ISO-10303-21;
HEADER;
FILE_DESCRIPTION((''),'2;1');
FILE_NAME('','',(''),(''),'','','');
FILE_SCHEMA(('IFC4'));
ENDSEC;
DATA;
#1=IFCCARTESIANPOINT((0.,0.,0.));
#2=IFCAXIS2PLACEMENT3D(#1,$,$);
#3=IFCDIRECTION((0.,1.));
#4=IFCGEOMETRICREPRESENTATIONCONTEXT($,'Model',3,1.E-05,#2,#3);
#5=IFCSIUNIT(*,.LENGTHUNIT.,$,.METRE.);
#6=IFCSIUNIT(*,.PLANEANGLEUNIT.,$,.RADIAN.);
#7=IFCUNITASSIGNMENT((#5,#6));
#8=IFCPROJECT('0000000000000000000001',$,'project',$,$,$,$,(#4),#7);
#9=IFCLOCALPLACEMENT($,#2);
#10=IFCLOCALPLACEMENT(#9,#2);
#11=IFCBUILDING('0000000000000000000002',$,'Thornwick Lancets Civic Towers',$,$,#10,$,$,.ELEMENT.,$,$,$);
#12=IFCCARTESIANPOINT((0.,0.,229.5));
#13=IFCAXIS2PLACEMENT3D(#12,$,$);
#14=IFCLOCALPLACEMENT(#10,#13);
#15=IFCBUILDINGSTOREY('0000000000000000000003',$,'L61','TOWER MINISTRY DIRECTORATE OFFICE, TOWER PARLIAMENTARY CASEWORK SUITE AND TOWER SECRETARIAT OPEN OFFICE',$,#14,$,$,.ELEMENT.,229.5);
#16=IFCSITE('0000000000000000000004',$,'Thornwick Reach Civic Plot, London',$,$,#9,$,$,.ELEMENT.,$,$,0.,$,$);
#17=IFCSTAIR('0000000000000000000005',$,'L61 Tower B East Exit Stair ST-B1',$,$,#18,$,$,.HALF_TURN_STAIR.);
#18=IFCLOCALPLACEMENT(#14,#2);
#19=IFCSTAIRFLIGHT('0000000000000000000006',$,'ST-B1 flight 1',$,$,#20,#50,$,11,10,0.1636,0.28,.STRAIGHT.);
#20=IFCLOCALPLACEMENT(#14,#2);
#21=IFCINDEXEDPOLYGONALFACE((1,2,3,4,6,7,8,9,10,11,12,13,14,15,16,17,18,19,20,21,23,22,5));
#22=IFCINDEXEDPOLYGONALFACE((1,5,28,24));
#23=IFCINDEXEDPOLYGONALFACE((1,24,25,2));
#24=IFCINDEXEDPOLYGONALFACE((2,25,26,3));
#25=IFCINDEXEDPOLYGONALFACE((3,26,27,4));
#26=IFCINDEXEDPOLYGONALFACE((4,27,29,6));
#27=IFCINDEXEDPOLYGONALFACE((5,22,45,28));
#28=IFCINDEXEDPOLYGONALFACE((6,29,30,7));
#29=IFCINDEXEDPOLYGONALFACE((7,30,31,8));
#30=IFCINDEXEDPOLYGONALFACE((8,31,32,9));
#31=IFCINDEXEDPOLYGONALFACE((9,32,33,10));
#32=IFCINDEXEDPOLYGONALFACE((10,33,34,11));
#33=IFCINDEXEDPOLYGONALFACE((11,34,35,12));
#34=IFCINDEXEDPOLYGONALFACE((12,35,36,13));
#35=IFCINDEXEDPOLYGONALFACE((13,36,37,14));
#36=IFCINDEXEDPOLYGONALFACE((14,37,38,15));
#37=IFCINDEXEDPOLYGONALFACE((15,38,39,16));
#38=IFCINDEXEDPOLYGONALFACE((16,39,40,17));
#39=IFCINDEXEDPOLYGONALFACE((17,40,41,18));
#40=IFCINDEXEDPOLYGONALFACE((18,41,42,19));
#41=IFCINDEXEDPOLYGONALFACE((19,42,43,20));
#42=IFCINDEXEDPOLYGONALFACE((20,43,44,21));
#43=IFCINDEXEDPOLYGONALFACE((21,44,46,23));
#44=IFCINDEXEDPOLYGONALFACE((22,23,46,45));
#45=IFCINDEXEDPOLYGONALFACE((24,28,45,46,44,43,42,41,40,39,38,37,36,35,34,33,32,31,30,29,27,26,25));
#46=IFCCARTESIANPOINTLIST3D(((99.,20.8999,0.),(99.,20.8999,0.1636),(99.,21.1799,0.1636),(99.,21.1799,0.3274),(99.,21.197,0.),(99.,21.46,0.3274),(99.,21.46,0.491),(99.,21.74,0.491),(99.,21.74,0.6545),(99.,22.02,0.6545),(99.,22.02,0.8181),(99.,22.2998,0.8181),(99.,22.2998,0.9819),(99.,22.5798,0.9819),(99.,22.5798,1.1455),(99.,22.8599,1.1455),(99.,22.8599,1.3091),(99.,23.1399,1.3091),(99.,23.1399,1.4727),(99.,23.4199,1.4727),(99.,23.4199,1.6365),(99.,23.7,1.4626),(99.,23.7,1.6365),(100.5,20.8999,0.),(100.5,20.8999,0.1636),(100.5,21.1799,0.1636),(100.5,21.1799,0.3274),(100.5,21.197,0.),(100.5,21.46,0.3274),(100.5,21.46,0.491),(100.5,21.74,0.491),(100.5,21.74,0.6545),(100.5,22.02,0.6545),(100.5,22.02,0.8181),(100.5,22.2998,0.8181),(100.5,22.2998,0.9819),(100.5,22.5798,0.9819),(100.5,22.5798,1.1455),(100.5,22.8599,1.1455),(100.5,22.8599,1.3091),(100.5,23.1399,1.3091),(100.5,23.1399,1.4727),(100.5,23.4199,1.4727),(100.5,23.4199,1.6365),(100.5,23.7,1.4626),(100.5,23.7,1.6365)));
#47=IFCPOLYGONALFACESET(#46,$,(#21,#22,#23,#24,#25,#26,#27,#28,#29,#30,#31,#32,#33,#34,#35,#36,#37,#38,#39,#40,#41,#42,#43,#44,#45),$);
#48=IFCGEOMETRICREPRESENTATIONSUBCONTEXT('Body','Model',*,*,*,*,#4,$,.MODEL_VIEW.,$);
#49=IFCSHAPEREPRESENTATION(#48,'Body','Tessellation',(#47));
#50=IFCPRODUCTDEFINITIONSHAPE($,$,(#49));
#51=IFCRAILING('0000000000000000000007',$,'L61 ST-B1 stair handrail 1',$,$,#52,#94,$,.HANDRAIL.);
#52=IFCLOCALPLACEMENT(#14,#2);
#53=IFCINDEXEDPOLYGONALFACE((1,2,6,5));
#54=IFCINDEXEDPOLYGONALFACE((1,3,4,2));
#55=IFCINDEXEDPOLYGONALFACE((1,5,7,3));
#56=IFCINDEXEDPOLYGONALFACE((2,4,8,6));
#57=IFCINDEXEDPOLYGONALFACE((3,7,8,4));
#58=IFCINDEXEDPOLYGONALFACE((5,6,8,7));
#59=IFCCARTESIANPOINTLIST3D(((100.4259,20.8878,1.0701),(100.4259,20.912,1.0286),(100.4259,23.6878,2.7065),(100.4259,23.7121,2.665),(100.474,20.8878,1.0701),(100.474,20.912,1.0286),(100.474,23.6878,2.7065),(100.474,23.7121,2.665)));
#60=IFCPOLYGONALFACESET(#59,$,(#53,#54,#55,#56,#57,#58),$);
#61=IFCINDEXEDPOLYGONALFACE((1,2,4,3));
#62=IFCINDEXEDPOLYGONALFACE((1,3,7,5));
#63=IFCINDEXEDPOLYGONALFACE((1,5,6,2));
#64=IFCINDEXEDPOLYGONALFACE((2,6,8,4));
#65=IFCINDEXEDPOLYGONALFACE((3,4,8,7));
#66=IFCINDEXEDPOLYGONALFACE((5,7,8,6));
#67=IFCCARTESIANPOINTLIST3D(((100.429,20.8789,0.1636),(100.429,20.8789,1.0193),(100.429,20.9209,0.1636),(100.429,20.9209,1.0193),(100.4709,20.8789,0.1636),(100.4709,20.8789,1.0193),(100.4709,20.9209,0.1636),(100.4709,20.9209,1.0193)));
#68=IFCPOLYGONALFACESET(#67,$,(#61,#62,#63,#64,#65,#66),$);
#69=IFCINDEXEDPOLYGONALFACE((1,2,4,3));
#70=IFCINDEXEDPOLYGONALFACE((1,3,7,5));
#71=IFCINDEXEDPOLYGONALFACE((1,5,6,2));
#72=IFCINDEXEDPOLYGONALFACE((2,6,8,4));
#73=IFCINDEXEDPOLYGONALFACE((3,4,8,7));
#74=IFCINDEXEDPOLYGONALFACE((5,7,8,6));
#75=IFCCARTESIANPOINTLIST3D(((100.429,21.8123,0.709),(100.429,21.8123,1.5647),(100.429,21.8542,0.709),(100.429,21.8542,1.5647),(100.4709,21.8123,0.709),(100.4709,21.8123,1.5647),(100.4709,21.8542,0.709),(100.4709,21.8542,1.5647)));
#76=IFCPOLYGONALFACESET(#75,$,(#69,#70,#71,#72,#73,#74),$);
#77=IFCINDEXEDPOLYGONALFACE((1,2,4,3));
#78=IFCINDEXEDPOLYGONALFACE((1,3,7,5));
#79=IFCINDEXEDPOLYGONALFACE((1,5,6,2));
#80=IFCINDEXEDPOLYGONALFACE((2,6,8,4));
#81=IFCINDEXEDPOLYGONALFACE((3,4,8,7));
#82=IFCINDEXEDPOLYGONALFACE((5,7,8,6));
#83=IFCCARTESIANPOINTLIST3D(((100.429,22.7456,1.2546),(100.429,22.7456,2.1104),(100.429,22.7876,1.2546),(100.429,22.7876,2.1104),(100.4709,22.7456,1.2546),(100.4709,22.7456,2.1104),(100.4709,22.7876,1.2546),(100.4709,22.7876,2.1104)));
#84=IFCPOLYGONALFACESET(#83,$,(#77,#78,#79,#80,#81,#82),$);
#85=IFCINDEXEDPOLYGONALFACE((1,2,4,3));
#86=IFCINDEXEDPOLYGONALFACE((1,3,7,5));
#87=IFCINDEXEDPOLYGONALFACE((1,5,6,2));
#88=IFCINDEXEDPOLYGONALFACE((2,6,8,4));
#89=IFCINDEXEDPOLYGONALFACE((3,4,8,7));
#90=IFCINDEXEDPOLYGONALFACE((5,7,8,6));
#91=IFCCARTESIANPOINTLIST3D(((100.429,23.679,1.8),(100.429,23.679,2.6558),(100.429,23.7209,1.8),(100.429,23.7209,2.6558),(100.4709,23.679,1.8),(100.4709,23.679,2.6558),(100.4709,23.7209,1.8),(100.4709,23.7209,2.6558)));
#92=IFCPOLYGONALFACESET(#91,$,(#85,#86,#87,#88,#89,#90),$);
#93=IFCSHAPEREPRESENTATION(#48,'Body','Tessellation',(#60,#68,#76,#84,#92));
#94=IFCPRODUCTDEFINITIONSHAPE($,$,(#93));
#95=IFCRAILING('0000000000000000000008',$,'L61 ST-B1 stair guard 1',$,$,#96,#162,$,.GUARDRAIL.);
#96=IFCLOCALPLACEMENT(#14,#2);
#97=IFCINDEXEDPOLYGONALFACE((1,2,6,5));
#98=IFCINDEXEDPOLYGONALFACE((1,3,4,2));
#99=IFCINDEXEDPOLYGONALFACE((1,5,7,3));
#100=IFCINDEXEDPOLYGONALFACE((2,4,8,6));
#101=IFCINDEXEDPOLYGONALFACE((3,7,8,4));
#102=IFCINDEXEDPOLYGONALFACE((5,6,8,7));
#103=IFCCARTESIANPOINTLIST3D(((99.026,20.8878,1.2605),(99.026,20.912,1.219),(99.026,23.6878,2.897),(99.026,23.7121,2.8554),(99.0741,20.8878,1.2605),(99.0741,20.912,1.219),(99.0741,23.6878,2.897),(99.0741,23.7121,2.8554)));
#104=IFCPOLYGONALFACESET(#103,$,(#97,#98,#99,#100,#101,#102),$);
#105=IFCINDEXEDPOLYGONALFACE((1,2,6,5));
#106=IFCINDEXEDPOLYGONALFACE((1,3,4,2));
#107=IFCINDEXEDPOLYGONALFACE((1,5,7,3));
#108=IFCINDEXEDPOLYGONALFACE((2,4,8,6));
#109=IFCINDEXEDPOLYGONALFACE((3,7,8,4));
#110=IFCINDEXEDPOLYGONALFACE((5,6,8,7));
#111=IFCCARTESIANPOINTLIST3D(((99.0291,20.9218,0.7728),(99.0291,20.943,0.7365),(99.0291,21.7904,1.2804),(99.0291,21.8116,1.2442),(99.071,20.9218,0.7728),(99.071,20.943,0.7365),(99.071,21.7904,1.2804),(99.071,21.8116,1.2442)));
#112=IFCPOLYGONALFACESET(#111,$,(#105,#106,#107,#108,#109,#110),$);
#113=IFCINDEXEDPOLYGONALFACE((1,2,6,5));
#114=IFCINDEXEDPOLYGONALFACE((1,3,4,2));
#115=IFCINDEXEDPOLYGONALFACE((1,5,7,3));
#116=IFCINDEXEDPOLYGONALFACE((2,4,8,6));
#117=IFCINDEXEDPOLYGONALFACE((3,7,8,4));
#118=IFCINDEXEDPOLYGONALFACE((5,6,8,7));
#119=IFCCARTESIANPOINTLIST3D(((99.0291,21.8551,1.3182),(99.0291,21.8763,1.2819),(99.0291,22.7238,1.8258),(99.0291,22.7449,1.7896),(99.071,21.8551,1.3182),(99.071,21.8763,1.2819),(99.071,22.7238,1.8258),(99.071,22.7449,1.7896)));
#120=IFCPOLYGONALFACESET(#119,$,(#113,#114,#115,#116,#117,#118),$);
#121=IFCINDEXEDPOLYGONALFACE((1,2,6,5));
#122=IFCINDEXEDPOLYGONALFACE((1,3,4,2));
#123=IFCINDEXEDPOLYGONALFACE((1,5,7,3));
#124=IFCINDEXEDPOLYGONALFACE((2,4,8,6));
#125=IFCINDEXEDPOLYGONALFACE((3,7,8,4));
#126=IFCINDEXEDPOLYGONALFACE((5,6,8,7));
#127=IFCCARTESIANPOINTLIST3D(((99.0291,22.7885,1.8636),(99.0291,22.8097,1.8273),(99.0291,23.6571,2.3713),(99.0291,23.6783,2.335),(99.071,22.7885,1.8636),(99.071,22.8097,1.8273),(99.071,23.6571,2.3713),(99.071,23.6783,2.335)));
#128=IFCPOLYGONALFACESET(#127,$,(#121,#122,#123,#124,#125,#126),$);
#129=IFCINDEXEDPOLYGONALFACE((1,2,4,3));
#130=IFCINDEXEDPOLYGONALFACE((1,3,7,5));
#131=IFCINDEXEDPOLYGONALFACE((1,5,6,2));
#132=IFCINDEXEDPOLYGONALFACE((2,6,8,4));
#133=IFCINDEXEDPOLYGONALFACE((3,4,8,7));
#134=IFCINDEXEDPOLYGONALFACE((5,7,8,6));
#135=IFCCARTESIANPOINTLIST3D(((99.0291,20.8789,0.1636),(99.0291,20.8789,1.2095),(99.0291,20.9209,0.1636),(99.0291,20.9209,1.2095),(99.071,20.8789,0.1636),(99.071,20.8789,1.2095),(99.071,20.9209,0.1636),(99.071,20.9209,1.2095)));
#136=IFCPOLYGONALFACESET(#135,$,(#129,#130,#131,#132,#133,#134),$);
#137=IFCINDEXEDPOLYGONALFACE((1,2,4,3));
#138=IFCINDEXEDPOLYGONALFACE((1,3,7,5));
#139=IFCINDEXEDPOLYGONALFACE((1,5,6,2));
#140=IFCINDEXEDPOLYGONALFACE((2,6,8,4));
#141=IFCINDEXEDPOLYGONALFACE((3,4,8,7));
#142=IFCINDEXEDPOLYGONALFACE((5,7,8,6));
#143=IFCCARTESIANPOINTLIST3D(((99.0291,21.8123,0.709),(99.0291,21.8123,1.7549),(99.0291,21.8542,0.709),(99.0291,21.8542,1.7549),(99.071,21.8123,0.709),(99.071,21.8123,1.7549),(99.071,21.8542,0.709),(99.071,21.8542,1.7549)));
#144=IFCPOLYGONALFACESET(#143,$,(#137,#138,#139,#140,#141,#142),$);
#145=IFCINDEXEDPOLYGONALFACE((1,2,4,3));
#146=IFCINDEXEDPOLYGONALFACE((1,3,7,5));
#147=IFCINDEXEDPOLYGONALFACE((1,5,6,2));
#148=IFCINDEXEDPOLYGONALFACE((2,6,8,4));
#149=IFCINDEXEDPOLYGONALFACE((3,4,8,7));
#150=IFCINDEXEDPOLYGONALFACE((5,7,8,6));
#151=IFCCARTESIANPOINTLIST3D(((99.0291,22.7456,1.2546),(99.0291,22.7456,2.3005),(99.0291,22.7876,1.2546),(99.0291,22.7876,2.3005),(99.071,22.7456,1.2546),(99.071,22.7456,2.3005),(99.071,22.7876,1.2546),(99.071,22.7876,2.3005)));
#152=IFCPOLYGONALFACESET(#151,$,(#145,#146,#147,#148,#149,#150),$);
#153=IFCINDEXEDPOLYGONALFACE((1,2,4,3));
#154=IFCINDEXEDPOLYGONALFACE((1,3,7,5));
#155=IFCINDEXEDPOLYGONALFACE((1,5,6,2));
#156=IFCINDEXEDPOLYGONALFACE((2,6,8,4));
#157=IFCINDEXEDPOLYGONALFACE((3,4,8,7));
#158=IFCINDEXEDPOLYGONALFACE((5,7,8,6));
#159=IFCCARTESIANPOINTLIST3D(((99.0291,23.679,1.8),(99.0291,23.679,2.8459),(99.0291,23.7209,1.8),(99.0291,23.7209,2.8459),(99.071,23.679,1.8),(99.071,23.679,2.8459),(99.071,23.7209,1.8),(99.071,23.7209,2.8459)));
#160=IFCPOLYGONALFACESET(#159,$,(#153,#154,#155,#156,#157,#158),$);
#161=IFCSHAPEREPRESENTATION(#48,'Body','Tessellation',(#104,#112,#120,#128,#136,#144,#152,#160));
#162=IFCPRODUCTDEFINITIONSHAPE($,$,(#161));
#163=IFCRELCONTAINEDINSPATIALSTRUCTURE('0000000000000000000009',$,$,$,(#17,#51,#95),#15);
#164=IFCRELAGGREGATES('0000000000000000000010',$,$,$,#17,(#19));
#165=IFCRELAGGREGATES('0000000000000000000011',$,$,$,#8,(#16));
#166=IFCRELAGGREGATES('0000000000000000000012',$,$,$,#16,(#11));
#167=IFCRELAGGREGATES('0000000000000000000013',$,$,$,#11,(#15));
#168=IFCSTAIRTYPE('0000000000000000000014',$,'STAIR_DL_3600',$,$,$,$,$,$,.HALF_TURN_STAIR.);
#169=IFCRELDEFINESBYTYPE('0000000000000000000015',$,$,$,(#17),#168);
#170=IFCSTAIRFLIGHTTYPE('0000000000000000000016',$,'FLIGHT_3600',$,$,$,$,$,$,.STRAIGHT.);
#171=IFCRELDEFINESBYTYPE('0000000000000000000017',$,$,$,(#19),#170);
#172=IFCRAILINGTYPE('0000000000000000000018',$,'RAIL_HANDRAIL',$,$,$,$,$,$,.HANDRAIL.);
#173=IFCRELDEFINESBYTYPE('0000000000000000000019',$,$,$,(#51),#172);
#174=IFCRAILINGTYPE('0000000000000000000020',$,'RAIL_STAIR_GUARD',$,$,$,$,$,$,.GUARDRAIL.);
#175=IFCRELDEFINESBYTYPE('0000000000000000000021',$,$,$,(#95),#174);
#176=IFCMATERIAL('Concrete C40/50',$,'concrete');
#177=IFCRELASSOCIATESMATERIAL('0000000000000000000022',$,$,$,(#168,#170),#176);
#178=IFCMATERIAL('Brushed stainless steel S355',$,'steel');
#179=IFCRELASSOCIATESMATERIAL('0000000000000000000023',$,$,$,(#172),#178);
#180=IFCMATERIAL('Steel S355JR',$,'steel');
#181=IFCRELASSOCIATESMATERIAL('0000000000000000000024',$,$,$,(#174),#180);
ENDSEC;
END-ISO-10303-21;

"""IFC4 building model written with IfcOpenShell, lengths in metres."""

from ifc_helpers import new_model, si_unit, direction, frame, origin, origin_2d, place, context, subcontext, project, spatial, polyline, rectangle, outline, extrude, material, type_object, element, aggregate, save


model = new_model("IFC4")

# Units and contexts
model_context = context("Model", 3, precision=1e-05, world=origin(), true_north=direction((0.0, 1.0)))
body_context = subcontext(model_context, "Body", "Model", "MODEL_VIEW")
ifc_project = project(units=[si_unit("LENGTHUNIT", "METRE"), si_unit("PLANEANGLEUNIT", "RADIAN")], contexts=[model_context])

# Site, building, storey
site_placement = place(None, origin())
site = spatial("IfcSite", under=ifc_project, at=site_placement, Name="Thornwick Reach Civic Plot, London", CompositionType="ELEMENT", RefElevation=0.0)
building_placement = place(site_placement, origin())
building = spatial("IfcBuilding", under=site, at=building_placement, Name="Thornwick Lancets Civic Towers", CompositionType="ELEMENT")
storey_placement = place(building_placement, frame((0.0, 0.0, 229.5)))
storey = spatial("IfcBuildingStorey", under=building, at=storey_placement, Name="L61", Description="TOWER MINISTRY DIRECTORATE OFFICE, TOWER PARLIAMENTARY CASEWORK SUITE AND TOWER SECRETARIAT OPEN OFFICE", CompositionType="ELEMENT", Elevation=229.5)

# Shared definitions
ifc_material_1 = material(Name="Steel S355JR", Category="steel")

# Shared definitions
ifc_material_2 = material(Name="Concrete C40/50", Category="concrete")

# Stair, stair flight
stair_type = type_object("IfcStairType", Name="STAIR_DL_3600", PredefinedType="HALF_TURN_STAIR", material=ifc_material_2)
stair_placement = place(storey_placement, origin())
stair = element("IfcStair", 1, at=stair_placement, inside=storey, type_object=stair_type, Name="L61 Tower B East Exit Stair ST-B1", PredefinedType="HALF_TURN_STAIR")
stair_flight_type = type_object("IfcStairFlightType", Name="FLIGHT_3600", PredefinedType="STRAIGHT", material=ifc_material_2)
stair_flight_placement = place(storey_placement, frame((99.75, 20.8999, 0.0), z_axis=(0.0, 0.0, 1.0), x_axis=(0.0, 1.0, 0.0)))
stair_flight = element("IfcStairFlight", 2, at=stair_flight_placement, type_object=stair_flight_type, Name="ST-B1 flight 1", NumberOfRisers=11, NumberOfTreads=10, PredefinedType="STRAIGHT", RiserHeight=0.1636, TreadLength=0.28, context=body_context, shape_type="SweptSolid", body=[
    extrude(outline(polyline([(0.0, 0.0), (0.0, 0.1636), (0.28, 0.1636), (0.28, 0.3274), (0.5601, 0.3274), (0.5601, 0.491), (0.8401, 0.491), (0.8401, 0.6545), (1.1201, 0.6545), (1.1201, 0.8181), (1.3999, 0.8181), (1.3999, 0.9819), (1.6799, 0.9819), (1.6799, 1.1455), (1.96, 1.1455), (1.96, 1.3091), (2.24, 1.3091), (2.24, 1.4727), (2.52, 1.4727), (2.52, 1.6365), (2.8, 1.6365), (2.8, 1.8), (2.8, 1.4626), (0.2971, 0.0), (0.0, 0.0)])), frame((0.0, 0.75, 0.0), z_axis=(0.0, -1.0, 0.0), x_axis=(1.0, 0.0, 0.0)), (0.0, 0.0, 1.0), 1.5),
])
aggregate(stair, [stair_flight])

# Railings
ifc_material_3 = material(Name="Brushed stainless steel S355", Category="steel")
railing_type_1 = type_object("IfcRailingType", Name="RAIL_HANDRAIL", PredefinedType="HANDRAIL", material=ifc_material_3)
railing_1_placement = place(storey_placement, frame((100.45, 20.8999, 0.1636)))
element("IfcRailing", 3, at=railing_1_placement, inside=storey, type_object=railing_type_1, Name="L61 ST-B1 stair handrail 1", PredefinedType="HANDRAIL", context=body_context, shape_type="SweptSolid", body=[
    extrude(rectangle(XDim=0.0481, YDim=0.0481, at=origin_2d()), frame((0.0, 0.0, 0.8857), z_axis=(0.0, 0.863361, 0.504587), x_axis=(-1.0, 0.0, 0.0)), (0.0, 0.0, 1.0), 3.2432),
    extrude(rectangle(XDim=0.042, YDim=0.042, at=origin_2d()), origin(), (0.0, 0.0, 1.0), 0.8557),
    extrude(rectangle(XDim=0.042, YDim=0.042, at=origin_2d()), frame((0.0, 0.9333, 0.5454)), (0.0, 0.0, 1.0), 0.8557),
    extrude(rectangle(XDim=0.042, YDim=0.042, at=origin_2d()), frame((0.0, 1.8667, 1.0911)), (0.0, 0.0, 1.0), 0.8557),
    extrude(rectangle(XDim=0.042, YDim=0.042, at=origin_2d()), frame((0.0, 2.8, 1.6365)), (0.0, 0.0, 1.0), 0.8557),
])
railing_type_2 = type_object("IfcRailingType", Name="RAIL_STAIR_GUARD", PredefinedType="GUARDRAIL", material=ifc_material_1)
railing_2_placement = place(storey_placement, frame((99.05, 20.8999, 0.1636)))
element("IfcRailing", 4, at=railing_2_placement, inside=storey, type_object=railing_type_2, Name="L61 ST-B1 stair guard 1", PredefinedType="GUARDRAIL", context=body_context, shape_type="SweptSolid", body=[
    extrude(rectangle(XDim=0.0481, YDim=0.0481, at=origin_2d()), frame((0.0, 0.0, 1.0762), z_axis=(0.0, 0.863361, 0.504587), x_axis=(-1.0, 0.0, 0.0)), (0.0, 0.0, 1.0), 3.2432),
    extrude(rectangle(XDim=0.042, YDim=0.042, at=origin_2d()), frame((0.0, 0.0325, 0.5911), z_axis=(0.0, 0.863361, 0.504587), x_axis=(-1.0, 0.0, 0.0)), (0.0, 0.0, 1.0), 1.0061),
    extrude(rectangle(XDim=0.042, YDim=0.042, at=origin_2d()), frame((0.0, 0.9658, 1.1365), z_axis=(0.0, 0.863361, 0.504587), x_axis=(-1.0, 0.0, 0.0)), (0.0, 0.0, 1.0), 1.0061),
    extrude(rectangle(XDim=0.042, YDim=0.042, at=origin_2d()), frame((0.0, 1.8992, 1.6819), z_axis=(0.0, 0.863361, 0.504587), x_axis=(-1.0, 0.0, 0.0)), (0.0, 0.0, 1.0), 1.0061),
    extrude(rectangle(XDim=0.042, YDim=0.042, at=origin_2d()), origin(), (0.0, 0.0, 1.0), 1.0459),
    extrude(rectangle(XDim=0.042, YDim=0.042, at=origin_2d()), frame((0.0, 0.9333, 0.5454)), (0.0, 0.0, 1.0), 1.0459),
    extrude(rectangle(XDim=0.042, YDim=0.042, at=origin_2d()), frame((0.0, 1.8667, 1.0911)), (0.0, 0.0, 1.0), 1.0459),
    extrude(rectangle(XDim=0.042, YDim=0.042, at=origin_2d()), frame((0.0, 2.8, 1.6365)), (0.0, 0.0, 1.0), 1.0459),
])

save(model, "model.ifc")
